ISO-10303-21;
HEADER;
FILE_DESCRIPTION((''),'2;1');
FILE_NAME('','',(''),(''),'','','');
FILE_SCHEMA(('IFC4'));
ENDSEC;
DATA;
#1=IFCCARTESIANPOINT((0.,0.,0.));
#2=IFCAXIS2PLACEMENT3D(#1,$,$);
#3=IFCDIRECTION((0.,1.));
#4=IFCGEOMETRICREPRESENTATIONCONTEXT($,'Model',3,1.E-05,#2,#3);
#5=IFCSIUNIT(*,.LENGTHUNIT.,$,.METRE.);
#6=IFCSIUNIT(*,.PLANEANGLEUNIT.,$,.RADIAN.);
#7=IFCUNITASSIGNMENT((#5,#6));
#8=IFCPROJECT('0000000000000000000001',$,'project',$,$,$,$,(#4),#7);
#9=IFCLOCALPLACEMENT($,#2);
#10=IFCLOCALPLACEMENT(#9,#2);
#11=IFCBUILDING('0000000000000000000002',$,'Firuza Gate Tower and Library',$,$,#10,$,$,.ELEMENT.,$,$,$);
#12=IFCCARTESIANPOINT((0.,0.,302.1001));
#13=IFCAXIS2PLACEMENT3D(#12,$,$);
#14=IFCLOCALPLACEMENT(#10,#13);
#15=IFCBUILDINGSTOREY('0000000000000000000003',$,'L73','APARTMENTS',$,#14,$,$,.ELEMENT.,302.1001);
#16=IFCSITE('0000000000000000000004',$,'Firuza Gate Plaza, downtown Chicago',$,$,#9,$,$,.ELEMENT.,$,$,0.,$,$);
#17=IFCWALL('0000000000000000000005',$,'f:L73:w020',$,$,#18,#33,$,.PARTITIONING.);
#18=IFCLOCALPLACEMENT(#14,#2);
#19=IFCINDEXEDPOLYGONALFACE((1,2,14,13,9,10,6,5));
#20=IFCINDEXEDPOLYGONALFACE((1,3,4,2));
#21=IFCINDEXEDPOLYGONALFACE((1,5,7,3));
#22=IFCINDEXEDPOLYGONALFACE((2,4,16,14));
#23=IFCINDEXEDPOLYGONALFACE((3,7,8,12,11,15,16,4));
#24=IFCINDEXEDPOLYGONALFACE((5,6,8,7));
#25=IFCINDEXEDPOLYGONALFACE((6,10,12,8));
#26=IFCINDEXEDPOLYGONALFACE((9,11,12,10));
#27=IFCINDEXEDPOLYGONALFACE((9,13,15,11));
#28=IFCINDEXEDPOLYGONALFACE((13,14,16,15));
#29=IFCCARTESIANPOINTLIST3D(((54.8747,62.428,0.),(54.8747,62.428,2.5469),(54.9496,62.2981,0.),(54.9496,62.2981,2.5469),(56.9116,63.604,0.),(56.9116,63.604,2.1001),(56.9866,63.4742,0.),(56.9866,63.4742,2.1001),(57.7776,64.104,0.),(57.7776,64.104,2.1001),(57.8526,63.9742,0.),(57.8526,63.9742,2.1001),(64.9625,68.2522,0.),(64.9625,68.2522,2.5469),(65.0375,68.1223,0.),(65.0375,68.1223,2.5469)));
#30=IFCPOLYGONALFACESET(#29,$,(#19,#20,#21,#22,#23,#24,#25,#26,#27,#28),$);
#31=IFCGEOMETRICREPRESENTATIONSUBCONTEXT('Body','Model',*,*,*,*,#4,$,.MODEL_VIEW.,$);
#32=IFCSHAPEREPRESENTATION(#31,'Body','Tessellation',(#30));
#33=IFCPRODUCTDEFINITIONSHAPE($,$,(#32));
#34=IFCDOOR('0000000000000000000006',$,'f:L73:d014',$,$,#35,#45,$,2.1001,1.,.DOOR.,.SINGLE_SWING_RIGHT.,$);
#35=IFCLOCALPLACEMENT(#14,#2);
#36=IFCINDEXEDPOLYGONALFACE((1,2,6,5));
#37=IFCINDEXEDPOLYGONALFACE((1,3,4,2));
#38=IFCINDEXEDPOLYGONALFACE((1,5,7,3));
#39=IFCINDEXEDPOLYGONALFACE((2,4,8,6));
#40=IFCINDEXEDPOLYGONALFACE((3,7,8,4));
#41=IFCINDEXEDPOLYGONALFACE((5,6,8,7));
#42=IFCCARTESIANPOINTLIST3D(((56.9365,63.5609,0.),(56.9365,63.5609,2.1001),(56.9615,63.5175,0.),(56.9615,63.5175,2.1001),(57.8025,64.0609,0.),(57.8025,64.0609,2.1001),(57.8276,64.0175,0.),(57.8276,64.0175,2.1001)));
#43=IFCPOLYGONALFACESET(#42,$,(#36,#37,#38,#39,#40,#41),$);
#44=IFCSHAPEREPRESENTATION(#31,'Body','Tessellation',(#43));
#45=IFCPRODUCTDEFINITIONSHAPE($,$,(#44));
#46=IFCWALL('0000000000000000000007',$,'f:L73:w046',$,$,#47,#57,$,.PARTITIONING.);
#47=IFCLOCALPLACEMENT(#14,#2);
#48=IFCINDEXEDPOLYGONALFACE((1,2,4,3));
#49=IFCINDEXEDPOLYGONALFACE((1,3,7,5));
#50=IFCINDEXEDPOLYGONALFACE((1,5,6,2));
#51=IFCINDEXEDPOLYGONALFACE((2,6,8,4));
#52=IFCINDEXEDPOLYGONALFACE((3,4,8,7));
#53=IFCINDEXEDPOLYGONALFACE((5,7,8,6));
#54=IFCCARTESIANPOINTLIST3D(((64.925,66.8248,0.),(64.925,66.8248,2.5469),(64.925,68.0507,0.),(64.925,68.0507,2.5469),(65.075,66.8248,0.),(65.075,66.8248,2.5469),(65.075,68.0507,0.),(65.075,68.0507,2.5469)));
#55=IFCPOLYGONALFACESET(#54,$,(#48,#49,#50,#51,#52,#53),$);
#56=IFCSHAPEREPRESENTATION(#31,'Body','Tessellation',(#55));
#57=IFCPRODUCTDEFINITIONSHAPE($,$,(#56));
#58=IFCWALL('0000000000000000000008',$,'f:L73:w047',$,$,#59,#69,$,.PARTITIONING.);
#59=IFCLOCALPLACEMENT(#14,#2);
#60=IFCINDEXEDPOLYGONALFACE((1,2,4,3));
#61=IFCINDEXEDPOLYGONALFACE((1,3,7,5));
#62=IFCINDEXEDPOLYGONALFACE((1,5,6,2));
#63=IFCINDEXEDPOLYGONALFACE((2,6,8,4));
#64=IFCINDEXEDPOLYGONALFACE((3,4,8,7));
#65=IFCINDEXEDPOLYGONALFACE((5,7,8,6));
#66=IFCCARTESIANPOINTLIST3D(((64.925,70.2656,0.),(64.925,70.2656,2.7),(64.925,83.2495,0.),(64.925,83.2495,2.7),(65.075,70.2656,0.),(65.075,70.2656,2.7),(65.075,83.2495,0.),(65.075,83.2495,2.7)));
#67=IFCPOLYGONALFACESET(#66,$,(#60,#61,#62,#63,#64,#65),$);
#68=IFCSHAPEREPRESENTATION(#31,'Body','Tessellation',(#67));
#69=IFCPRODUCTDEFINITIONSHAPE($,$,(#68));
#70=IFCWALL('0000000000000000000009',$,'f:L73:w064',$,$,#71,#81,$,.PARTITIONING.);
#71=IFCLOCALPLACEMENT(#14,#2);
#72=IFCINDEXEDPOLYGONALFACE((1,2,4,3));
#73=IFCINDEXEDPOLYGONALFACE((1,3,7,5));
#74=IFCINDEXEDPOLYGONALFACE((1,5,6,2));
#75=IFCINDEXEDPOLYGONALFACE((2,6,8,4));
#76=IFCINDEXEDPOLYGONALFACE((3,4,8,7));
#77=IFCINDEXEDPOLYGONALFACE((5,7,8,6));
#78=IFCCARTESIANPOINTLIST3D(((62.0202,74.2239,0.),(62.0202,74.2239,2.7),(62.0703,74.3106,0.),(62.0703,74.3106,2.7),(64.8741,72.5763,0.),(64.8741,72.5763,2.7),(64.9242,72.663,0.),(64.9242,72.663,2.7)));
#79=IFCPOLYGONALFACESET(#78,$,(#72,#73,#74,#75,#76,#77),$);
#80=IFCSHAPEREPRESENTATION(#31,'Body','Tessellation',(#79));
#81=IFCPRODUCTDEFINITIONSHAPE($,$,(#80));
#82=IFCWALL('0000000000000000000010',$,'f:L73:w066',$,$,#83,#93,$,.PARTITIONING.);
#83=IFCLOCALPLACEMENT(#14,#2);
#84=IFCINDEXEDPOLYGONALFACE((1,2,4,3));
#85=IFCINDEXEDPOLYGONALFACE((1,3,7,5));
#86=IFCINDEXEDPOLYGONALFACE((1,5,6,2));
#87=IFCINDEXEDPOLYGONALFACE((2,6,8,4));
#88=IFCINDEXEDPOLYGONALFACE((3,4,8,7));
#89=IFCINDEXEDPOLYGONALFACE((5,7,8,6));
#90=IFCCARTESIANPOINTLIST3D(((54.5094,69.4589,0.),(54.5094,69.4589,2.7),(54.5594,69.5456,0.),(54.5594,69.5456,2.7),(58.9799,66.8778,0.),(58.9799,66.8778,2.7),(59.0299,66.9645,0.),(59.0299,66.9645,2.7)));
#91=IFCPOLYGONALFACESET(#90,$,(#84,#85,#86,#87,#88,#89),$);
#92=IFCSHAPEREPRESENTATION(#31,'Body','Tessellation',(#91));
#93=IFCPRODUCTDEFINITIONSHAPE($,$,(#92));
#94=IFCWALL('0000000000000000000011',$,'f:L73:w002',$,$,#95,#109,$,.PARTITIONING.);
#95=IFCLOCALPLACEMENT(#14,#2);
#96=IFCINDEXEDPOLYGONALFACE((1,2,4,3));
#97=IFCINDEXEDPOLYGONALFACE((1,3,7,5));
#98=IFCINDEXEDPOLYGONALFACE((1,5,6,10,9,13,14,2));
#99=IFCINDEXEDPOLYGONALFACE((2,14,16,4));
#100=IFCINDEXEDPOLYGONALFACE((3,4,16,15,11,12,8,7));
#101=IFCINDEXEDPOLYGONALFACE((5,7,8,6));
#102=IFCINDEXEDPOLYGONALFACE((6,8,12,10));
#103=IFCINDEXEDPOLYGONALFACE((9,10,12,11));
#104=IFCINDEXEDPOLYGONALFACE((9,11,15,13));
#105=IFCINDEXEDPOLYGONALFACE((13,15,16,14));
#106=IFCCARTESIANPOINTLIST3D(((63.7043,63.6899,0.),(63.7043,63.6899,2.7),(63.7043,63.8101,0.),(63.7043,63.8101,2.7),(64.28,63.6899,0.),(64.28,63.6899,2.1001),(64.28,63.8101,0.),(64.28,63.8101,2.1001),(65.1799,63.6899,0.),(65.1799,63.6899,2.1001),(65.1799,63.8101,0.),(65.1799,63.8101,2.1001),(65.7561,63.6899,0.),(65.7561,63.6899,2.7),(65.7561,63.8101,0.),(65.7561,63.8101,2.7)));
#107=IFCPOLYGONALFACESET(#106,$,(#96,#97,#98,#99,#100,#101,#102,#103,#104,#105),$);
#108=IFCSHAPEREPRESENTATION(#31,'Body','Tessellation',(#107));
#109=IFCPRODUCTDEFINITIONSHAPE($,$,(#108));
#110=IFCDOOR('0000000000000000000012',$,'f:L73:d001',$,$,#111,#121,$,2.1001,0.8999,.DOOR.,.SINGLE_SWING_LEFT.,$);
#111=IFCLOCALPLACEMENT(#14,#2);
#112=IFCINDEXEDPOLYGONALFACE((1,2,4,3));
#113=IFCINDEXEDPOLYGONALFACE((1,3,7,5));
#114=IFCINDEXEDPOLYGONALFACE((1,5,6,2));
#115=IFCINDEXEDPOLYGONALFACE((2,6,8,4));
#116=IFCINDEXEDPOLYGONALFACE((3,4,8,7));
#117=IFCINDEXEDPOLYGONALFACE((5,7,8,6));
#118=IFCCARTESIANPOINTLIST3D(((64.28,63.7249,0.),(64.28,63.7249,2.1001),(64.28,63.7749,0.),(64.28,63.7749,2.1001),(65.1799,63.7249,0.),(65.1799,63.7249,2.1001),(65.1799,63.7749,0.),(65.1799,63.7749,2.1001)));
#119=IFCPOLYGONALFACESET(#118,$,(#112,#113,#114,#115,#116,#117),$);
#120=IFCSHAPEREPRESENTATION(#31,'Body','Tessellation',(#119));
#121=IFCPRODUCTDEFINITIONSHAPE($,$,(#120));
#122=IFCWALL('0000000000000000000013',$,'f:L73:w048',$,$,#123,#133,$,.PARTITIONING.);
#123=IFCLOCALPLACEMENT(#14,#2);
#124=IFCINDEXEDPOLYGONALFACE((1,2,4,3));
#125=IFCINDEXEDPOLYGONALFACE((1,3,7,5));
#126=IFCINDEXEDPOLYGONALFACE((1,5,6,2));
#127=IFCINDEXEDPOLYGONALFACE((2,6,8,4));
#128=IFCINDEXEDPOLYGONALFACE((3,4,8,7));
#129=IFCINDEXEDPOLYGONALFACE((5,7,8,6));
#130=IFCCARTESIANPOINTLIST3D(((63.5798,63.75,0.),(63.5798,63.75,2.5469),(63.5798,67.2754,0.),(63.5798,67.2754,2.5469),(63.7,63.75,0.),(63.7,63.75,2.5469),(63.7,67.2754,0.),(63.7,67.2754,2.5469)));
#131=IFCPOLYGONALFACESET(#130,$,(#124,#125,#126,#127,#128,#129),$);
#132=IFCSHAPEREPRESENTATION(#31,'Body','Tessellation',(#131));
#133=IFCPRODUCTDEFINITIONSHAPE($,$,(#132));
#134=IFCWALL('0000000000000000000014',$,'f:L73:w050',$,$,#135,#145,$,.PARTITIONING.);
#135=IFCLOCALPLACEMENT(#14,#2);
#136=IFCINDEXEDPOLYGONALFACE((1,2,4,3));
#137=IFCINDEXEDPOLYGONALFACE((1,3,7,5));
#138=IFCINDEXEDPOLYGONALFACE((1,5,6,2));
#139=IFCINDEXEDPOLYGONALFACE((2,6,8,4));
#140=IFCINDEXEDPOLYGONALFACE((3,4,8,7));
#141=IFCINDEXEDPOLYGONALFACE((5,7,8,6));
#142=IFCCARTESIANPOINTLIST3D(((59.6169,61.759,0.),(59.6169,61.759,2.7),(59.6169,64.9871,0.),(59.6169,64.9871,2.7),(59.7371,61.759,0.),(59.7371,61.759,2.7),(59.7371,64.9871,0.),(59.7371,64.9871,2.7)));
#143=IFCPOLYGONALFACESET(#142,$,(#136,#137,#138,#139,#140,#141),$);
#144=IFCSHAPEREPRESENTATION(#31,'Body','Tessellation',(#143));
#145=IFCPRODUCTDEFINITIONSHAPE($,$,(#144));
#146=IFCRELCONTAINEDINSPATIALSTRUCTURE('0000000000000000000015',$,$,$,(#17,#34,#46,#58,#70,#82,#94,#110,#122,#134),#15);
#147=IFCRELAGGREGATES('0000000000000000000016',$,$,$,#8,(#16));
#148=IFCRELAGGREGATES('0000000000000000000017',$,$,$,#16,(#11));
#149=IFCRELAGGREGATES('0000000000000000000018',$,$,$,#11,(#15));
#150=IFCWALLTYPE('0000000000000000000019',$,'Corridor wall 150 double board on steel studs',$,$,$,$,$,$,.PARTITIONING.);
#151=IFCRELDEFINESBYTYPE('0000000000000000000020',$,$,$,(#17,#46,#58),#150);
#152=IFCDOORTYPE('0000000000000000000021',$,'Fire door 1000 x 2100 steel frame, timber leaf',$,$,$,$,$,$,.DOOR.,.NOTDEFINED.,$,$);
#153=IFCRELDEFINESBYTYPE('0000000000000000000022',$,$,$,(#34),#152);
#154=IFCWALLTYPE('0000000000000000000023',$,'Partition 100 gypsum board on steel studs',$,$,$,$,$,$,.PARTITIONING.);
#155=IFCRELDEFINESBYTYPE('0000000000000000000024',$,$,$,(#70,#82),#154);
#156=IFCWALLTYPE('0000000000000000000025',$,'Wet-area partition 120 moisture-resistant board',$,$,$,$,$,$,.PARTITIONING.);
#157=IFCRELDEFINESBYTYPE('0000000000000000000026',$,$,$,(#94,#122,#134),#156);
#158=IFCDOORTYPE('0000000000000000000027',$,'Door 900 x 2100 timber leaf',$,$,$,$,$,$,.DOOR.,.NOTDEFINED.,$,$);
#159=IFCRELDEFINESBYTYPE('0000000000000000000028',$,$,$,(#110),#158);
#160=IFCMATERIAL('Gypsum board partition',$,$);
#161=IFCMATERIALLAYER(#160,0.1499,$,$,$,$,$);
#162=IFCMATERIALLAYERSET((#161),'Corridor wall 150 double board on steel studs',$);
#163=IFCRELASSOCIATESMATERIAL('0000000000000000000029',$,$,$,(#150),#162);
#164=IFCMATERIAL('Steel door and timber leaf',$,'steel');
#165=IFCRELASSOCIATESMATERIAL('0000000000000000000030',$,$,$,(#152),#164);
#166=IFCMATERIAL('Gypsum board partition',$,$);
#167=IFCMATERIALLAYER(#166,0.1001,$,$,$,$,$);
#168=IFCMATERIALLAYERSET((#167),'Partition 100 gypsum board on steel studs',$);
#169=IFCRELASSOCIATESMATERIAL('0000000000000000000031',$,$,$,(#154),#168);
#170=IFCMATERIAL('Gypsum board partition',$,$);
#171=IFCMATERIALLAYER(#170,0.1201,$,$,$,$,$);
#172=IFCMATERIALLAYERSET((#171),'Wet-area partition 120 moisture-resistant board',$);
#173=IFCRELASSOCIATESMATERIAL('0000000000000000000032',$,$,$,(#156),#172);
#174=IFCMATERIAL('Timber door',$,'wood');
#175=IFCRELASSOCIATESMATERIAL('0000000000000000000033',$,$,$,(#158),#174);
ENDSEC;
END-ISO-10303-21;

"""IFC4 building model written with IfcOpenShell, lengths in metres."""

from ifc_helpers import new_model, si_unit, direction, frame, frame_2d, origin, place, context, subcontext, project, spatial, rectangle, extrude, material, layer, layer_set, type_object, element, fill, save


model = new_model("IFC4")

# Units and contexts
model_context = context("Model", 3, precision=1e-05, world=origin(), true_north=direction((0.0, 1.0)))
body_context = subcontext(model_context, "Body", "Model", "MODEL_VIEW")
ifc_project = project(units=[si_unit("LENGTHUNIT", "METRE"), si_unit("PLANEANGLEUNIT", "RADIAN")], contexts=[model_context])

# Site, building, storey
site_placement = place(None, origin())
site = spatial("IfcSite", under=ifc_project, at=site_placement, Name="Firuza Gate Plaza, downtown Chicago", CompositionType="ELEMENT", RefElevation=0.0)
building_placement = place(site_placement, origin())
building = spatial("IfcBuilding", under=site, at=building_placement, Name="Firuza Gate Tower and Library", CompositionType="ELEMENT")
storey_placement = place(building_placement, frame((0.0, 0.0, 302.1001)))
storey = spatial("IfcBuildingStorey", under=building, at=storey_placement, Name="L73", Description="APARTMENTS", CompositionType="ELEMENT", Elevation=302.1001)

# Wall, opening, door
ifc_material_1 = material(Name="Gypsum board partition")
ifc_layer_1 = layer(ifc_material_1, 0.1499)
ifc_layer_set_1 = layer_set([ifc_layer_1], Name="Corridor wall 150 double board on steel studs")
wall_type_1 = type_object("IfcWallType", Name="Corridor wall 150 double board on steel studs", PredefinedType="PARTITIONING", material=ifc_layer_set_1)
wall_1_placement = place(storey_placement, frame((65.0, 68.1873, 0.0), z_axis=(0.0, 0.0, 1.0), x_axis=(-0.866026, -0.499998, 0.0)))
wall_1 = element("IfcWall", 1, at=wall_1_placement, inside=storey, type_object=wall_type_1, Name="f:L73:w020", PredefinedType="PARTITIONING", context=body_context, shape_type="SweptSolid", body=[
    extrude(rectangle(XDim=11.6484, YDim=0.1499, at=frame_2d((5.8242, 0.0))), origin(), (0.0, 0.0, 1.0), 2.5469),
])
opening_1_placement = place(wall_1_placement, frame((8.2964, 0.0, 0.0)))
opening_1 = element("IfcOpeningElement", 2, at=opening_1_placement, cuts=wall_1, PredefinedType="OPENING", context=body_context, shape_type="SweptSolid", body=[
    extrude(rectangle(XDim=1.0, YDim=2.1001, at=frame_2d((0.5, 1.05))), frame((0.0, 0.085, 0.0), z_axis=(0.0, -1.0, 0.0), x_axis=(1.0, 0.0, 0.0)), (0.0, 0.0, 1.0), 0.1699),
])
ifc_material_2 = material(Name="Steel door and timber leaf", Category="steel")
door_type_1 = type_object("IfcDoorType", Name="Fire door 1000 x 2100 steel frame, timber leaf", OperationType="NOTDEFINED", PredefinedType="DOOR", material=ifc_material_2)
door_1_placement = place(opening_1_placement, origin())
door_1 = element("IfcDoor", 3, at=door_1_placement, inside=storey, type_object=door_type_1, Name="f:L73:d014", OperationType="SINGLE_SWING_RIGHT", OverallHeight=2.1001, OverallWidth=1.0, PredefinedType="DOOR", context=body_context, shape_type="SweptSolid", body=[
    extrude(rectangle(XDim=1.0, YDim=2.1001, at=frame_2d((0.5, 1.05))), frame((0.0, 0.0249, 0.0), z_axis=(0.0, -1.0, 0.0), x_axis=(1.0, 0.0, 0.0)), (0.0, 0.0, 1.0), 0.05),
])
fill(opening_1, door_1)

# Walls
wall_2_placement = place(storey_placement, frame((65.0, 66.825, 0.0), z_axis=(0.0, 0.0, 1.0), x_axis=(0.0, 1.0, 0.0)))
element("IfcWall", 4, at=wall_2_placement, inside=storey, type_object=wall_type_1, Name="f:L73:w046", PredefinedType="PARTITIONING", context=body_context, shape_type="SweptSolid", body=[
    extrude(rectangle(XDim=1.2258, YDim=0.1499, at=frame_2d((0.6128, 0.0))), origin(), (0.0, 0.0, 1.0), 2.5469),
])
wall_3_placement = place(storey_placement, frame((65.0, 70.2656, 0.0), z_axis=(0.0, 0.0, 1.0), x_axis=(0.0, 1.0, 0.0)))
element("IfcWall", 5, at=wall_3_placement, inside=storey, type_object=wall_type_1, Name="f:L73:w047", PredefinedType="PARTITIONING", context=body_context, shape_type="SweptSolid", body=[
    extrude(rectangle(XDim=12.9839, YDim=0.1499, at=frame_2d((6.4919, 0.0))), origin(), (0.0, 0.0, 1.0), 2.7),
])
ifc_material_3 = material(Name="Gypsum board partition")
ifc_layer_2 = layer(ifc_material_3, 0.1001)
ifc_layer_set_2 = layer_set([ifc_layer_2], Name="Partition 100 gypsum board on steel studs")
wall_type_2 = type_object("IfcWallType", Name="Partition 100 gypsum board on steel studs", PredefinedType="PARTITIONING", material=ifc_layer_set_2)
wall_4_placement = place(storey_placement, frame((64.8992, 72.6196, 0.0), z_axis=(0.0, 0.0, 1.0), x_axis=(-0.866033, 0.499988, 0.0)))
element("IfcWall", 6, at=wall_4_placement, inside=storey, type_object=wall_type_2, Name="f:L73:w064", PredefinedType="PARTITIONING", context=body_context, shape_type="SweptSolid", body=[
    extrude(rectangle(XDim=3.2954, YDim=0.1001, at=frame_2d((1.6477, 0.0))), origin(), (0.0, 0.0, 1.0), 2.7),
])
wall_5_placement = place(storey_placement, frame((59.0049, 66.9211, 0.0), z_axis=(0.0, 0.0, 1.0), x_axis=(-0.866023, 0.500005, 0.0)))
element("IfcWall", 7, at=wall_5_placement, inside=storey, type_object=wall_type_2, Name="f:L73:w066", PredefinedType="PARTITIONING", context=body_context, shape_type="SweptSolid", body=[
    extrude(rectangle(XDim=5.1621, YDim=0.1001, at=frame_2d((2.5811, 0.0))), origin(), (0.0, 0.0, 1.0), 2.7),
])

# Wall, opening, door
ifc_material_4 = material(Name="Gypsum board partition")
ifc_layer_3 = layer(ifc_material_4, 0.1201)
ifc_layer_set_3 = layer_set([ifc_layer_3], Name="Wet-area partition 120 moisture-resistant board")
wall_type_3 = type_object("IfcWallType", Name="Wet-area partition 120 moisture-resistant board", PredefinedType="PARTITIONING", material=ifc_layer_set_3)
wall_6_placement = place(storey_placement, frame((63.7043, 63.75, 0.0), z_axis=(0.0, 0.0, 1.0), x_axis=(1.0, 0.0, 0.0)))
wall_6 = element("IfcWall", 8, at=wall_6_placement, inside=storey, type_object=wall_type_3, Name="f:L73:w002", PredefinedType="PARTITIONING", context=body_context, shape_type="SweptSolid", body=[
    extrude(rectangle(XDim=2.0518, YDim=0.1201, at=frame_2d((1.0259, 0.0))), origin(), (0.0, 0.0, 1.0), 2.7),
])
opening_2_placement = place(wall_6_placement, frame((0.5757, 0.0, 0.0)))
opening_2 = element("IfcOpeningElement", 9, at=opening_2_placement, cuts=wall_6, PredefinedType="OPENING", context=body_context, shape_type="SweptSolid", body=[
    extrude(rectangle(XDim=0.8999, YDim=2.1001, at=frame_2d((0.45, 1.05))), frame((0.0, 0.0701, 0.0), z_axis=(0.0, -1.0, 0.0), x_axis=(1.0, 0.0, 0.0)), (0.0, 0.0, 1.0), 0.1401),
])
ifc_material_5 = material(Name="Timber door", Category="wood")
door_type_2 = type_object("IfcDoorType", Name="Door 900 x 2100 timber leaf", OperationType="NOTDEFINED", PredefinedType="DOOR", material=ifc_material_5)
door_2_placement = place(opening_2_placement, origin())
door_2 = element("IfcDoor", 10, at=door_2_placement, inside=storey, type_object=door_type_2, Name="f:L73:d001", OperationType="SINGLE_SWING_LEFT", OverallHeight=2.1001, OverallWidth=0.8999, PredefinedType="DOOR", context=body_context, shape_type="SweptSolid", body=[
    extrude(rectangle(XDim=0.8999, YDim=2.1001, at=frame_2d((0.45, 1.05))), frame((0.0, 0.0249, 0.0), z_axis=(0.0, -1.0, 0.0), x_axis=(1.0, 0.0, 0.0)), (0.0, 0.0, 1.0), 0.05),
])
fill(opening_2, door_2)

# Walls
wall_7_placement = place(storey_placement, frame((63.6399, 63.75, 0.0), z_axis=(0.0, 0.0, 1.0), x_axis=(0.0, 1.0, 0.0)))
element("IfcWall", 11, at=wall_7_placement, inside=storey, type_object=wall_type_3, Name="f:L73:w048", PredefinedType="PARTITIONING", context=body_context, shape_type="SweptSolid", body=[
    extrude(rectangle(XDim=3.5254, YDim=0.1201, at=frame_2d((1.7627, 0.0))), origin(), (0.0, 0.0, 1.0), 2.5469),
])
wall_8_placement = place(storey_placement, frame((59.677, 61.759, 0.0), z_axis=(0.0, 0.0, 1.0), x_axis=(0.0, 1.0, 0.0)))
element("IfcWall", 12, at=wall_8_placement, inside=storey, type_object=wall_type_3, Name="f:L73:w050", PredefinedType="PARTITIONING", context=body_context, shape_type="SweptSolid", body=[
    extrude(rectangle(XDim=3.228, YDim=0.1201, at=frame_2d((1.614, 0.0))), origin(), (0.0, 0.0, 1.0), 2.7),
])

save(model, "model.ifc")
